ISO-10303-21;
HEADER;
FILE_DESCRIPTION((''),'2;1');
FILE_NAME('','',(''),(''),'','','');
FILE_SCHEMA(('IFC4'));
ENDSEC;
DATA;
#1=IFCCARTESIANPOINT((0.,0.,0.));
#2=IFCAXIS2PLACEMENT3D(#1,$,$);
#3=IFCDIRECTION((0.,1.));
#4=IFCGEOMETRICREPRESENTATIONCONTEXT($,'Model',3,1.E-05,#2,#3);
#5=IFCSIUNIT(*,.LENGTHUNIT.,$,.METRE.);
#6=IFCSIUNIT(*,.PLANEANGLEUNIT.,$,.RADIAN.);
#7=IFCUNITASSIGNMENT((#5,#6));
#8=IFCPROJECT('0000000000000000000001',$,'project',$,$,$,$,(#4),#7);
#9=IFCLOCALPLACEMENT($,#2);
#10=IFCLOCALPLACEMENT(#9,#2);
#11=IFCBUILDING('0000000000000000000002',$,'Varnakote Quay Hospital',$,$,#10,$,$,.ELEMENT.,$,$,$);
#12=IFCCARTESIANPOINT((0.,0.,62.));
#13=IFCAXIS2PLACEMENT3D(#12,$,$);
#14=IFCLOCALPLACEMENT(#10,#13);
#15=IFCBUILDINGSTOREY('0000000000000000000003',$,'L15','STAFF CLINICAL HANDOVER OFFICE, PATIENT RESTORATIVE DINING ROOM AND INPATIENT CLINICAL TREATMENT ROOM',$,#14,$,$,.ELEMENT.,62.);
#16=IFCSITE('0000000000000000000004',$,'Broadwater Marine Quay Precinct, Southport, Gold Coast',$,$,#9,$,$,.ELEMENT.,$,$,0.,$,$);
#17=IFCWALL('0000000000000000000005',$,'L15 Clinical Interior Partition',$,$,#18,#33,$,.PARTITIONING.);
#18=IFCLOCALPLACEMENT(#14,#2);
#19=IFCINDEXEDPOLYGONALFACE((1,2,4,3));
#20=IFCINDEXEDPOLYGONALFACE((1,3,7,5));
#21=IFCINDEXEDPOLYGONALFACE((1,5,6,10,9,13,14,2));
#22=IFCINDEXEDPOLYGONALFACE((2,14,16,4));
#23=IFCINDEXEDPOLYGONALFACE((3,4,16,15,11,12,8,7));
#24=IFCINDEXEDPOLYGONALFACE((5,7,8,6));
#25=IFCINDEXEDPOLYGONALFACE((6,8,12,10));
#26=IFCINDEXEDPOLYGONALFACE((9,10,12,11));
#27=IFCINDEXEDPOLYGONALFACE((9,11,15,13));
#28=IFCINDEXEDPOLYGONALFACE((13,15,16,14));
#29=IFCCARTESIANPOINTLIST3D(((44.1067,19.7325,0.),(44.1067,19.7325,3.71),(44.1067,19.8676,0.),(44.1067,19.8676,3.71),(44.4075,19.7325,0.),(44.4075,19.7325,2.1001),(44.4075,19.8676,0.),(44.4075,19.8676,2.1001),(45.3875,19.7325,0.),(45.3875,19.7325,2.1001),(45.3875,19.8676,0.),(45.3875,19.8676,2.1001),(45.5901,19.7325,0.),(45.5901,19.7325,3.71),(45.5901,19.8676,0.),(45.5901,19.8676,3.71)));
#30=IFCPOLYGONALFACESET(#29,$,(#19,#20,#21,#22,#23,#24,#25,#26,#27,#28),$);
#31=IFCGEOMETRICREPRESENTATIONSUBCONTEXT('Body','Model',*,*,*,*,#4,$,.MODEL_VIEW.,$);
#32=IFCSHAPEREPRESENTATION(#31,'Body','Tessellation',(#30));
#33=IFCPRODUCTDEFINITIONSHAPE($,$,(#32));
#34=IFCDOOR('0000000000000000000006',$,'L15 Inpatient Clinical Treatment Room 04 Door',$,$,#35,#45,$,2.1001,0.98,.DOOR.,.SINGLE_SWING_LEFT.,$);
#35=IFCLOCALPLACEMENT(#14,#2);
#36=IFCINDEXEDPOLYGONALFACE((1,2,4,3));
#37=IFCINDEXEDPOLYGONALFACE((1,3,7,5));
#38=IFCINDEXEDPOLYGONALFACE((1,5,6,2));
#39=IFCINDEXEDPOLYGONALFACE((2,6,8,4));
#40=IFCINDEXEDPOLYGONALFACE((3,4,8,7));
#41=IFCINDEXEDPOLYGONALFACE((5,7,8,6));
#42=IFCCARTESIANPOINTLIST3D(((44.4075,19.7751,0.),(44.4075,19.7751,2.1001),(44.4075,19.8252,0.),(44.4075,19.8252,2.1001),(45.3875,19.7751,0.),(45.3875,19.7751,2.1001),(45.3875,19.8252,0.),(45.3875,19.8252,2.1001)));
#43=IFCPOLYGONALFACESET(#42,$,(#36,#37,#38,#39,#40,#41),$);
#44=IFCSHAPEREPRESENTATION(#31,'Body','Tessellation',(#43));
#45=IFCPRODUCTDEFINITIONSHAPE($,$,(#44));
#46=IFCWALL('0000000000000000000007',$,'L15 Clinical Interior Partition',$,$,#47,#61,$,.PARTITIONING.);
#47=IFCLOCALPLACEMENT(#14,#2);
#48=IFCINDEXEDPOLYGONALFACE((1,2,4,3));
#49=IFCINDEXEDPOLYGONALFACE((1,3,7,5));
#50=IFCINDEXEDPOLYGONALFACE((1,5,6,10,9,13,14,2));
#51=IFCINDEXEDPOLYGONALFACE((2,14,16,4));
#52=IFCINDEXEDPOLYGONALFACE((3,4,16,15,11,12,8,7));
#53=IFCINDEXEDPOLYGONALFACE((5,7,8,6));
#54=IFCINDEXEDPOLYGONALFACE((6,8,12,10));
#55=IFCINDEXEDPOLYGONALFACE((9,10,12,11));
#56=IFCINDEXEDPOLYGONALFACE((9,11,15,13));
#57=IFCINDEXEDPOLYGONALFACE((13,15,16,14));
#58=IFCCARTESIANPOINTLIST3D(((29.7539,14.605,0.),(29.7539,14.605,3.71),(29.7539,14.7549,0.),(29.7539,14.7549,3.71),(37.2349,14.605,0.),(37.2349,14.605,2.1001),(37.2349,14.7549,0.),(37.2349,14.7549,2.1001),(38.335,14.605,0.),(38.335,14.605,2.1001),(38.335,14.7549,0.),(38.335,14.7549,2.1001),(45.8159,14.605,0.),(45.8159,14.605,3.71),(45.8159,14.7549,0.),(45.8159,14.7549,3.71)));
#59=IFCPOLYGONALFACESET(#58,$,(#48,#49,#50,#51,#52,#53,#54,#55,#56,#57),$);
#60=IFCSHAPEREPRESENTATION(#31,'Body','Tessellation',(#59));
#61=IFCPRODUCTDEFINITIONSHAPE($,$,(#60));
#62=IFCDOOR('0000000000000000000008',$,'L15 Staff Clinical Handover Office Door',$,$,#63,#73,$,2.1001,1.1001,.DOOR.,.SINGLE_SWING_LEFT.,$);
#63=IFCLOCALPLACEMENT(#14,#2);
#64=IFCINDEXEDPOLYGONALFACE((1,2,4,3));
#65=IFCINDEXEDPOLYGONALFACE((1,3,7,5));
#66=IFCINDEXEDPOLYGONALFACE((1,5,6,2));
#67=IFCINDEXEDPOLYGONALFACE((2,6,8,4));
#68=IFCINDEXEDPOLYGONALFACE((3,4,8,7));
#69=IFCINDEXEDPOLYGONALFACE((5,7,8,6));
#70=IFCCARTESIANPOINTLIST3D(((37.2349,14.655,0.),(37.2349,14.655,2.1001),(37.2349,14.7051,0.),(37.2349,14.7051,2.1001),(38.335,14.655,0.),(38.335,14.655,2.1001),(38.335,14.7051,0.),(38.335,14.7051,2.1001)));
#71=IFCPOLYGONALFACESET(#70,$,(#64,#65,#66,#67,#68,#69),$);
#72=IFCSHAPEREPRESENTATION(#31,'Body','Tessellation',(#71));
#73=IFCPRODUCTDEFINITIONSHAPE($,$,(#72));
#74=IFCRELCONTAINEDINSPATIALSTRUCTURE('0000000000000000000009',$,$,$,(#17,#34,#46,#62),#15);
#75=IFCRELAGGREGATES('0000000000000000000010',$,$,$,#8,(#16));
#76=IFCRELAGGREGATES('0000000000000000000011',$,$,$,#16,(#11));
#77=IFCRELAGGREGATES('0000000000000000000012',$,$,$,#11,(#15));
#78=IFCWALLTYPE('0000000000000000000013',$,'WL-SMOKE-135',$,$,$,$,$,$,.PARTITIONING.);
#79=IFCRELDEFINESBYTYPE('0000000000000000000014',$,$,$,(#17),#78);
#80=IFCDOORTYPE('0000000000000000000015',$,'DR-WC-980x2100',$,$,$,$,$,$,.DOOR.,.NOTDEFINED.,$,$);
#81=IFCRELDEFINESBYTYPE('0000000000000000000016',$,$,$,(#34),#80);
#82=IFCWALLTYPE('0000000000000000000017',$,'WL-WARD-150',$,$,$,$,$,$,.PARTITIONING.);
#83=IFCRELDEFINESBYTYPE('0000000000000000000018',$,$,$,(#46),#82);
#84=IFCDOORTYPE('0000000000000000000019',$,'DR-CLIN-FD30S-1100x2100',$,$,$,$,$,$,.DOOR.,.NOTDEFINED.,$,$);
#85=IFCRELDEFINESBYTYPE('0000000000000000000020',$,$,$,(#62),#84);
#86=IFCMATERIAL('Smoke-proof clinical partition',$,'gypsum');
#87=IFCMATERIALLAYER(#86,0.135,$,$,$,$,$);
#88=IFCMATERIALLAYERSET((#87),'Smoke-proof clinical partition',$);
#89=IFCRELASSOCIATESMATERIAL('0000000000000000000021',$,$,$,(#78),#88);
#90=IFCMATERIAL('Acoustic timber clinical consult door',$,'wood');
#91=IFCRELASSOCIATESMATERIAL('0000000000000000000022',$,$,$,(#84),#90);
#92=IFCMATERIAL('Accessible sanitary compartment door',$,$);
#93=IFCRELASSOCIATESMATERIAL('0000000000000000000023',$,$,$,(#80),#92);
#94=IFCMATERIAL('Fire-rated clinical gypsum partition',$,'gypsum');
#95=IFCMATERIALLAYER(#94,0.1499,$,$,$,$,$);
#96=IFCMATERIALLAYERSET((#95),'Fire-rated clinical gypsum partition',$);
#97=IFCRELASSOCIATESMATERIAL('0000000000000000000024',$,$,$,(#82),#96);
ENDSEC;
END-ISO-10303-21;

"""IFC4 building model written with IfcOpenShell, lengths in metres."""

from ifc_helpers import new_model, si_unit, direction, frame, frame_2d, origin, place, context, subcontext, project, spatial, rectangle, extrude, material, layer, layer_set, type_object, element, fill, save


model = new_model("IFC4")

# Units and contexts
model_context = context("Model", 3, precision=1e-05, world=origin(), true_north=direction((0.0, 1.0)))
body_context = subcontext(model_context, "Body", "Model", "MODEL_VIEW")
ifc_project = project(units=[si_unit("LENGTHUNIT", "METRE"), si_unit("PLANEANGLEUNIT", "RADIAN")], contexts=[model_context])

# Site, building, storey
site_placement = place(None, origin())
site = spatial("IfcSite", under=ifc_project, at=site_placement, Name="Broadwater Marine Quay Precinct, Southport, Gold Coast", CompositionType="ELEMENT", RefElevation=0.0)
building_placement = place(site_placement, origin())
building = spatial("IfcBuilding", under=site, at=building_placement, Name="Varnakote Quay Hospital", CompositionType="ELEMENT")
storey_placement = place(building_placement, frame((0.0, 0.0, 62.0)))
storey = spatial("IfcBuildingStorey", under=building, at=storey_placement, Name="L15", Description="STAFF CLINICAL HANDOVER OFFICE, PATIENT RESTORATIVE DINING ROOM AND INPATIENT CLINICAL TREATMENT ROOM", CompositionType="ELEMENT", Elevation=62.0)

# Shared definitions
ifc_material_1 = material(Name="Smoke-proof clinical partition", Category="gypsum")
ifc_layer_1 = layer(ifc_material_1, 0.135)
ifc_layer_set_1 = layer_set([ifc_layer_1], Name="Smoke-proof clinical partition")
wall_type_1 = type_object("IfcWallType", Name="WL-SMOKE-135", PredefinedType="PARTITIONING", material=ifc_layer_set_1)

# Shared definitions
ifc_material_2 = material(Name="Acoustic timber clinical consult door", Category="wood")
door_type_1 = type_object("IfcDoorType", Name="DR-CLIN-FD30S-1100x2100", OperationType="NOTDEFINED", PredefinedType="DOOR", material=ifc_material_2)

# Walls, openings, doors
wall_1_placement = place(storey_placement, frame((45.5901, 19.8, 0.0), z_axis=(0.0, 0.0, 1.0), x_axis=(-1.0, 0.0, 0.0)))
wall_1 = element("IfcWall", 1, at=wall_1_placement, inside=storey, type_object=wall_type_1, Name="L15 Clinical Interior Partition", PredefinedType="PARTITIONING", context=body_context, shape_type="SweptSolid", body=[
    extrude(rectangle(XDim=1.4834, YDim=0.135, at=frame_2d((0.7417, 0.0))), origin(), (0.0, 0.0, 1.0), 3.71),
])
opening_1_placement = place(wall_1_placement, frame((0.2026, 0.0, 0.0)))
opening_1 = element("IfcOpeningElement", 2, at=opening_1_placement, cuts=wall_1, PredefinedType="OPENING", context=body_context, shape_type="SweptSolid", body=[
    extrude(rectangle(XDim=0.98, YDim=2.1001, at=frame_2d((0.49, 1.05))), frame((0.0, 0.0774, 0.0), z_axis=(0.0, -1.0, 0.0), x_axis=(1.0, 0.0, 0.0)), (0.0, 0.0, 1.0), 0.155),
])
ifc_material_3 = material(Name="Accessible sanitary compartment door")
door_type_2 = type_object("IfcDoorType", Name="DR-WC-980x2100", OperationType="NOTDEFINED", PredefinedType="DOOR", material=ifc_material_3)
door_1_placement = place(opening_1_placement, origin())
door_1 = element("IfcDoor", 3, at=door_1_placement, inside=storey, type_object=door_type_2, Name="L15 Inpatient Clinical Treatment Room 04 Door", OperationType="SINGLE_SWING_LEFT", OverallHeight=2.1001, OverallWidth=0.98, PredefinedType="DOOR", context=body_context, shape_type="SweptSolid", body=[
    extrude(rectangle(XDim=0.98, YDim=2.1001, at=frame_2d((0.49, 1.05))), frame((0.0, 0.0249, 0.0), z_axis=(0.0, -1.0, 0.0), x_axis=(1.0, 0.0, 0.0)), (0.0, 0.0, 1.0), 0.05),
])
fill(opening_1, door_1)
ifc_material_4 = material(Name="Fire-rated clinical gypsum partition", Category="gypsum")
ifc_layer_2 = layer(ifc_material_4, 0.1499)
ifc_layer_set_2 = layer_set([ifc_layer_2], Name="Fire-rated clinical gypsum partition")
wall_type_2 = type_object("IfcWallType", Name="WL-WARD-150", PredefinedType="PARTITIONING", material=ifc_layer_set_2)
wall_2_placement = place(storey_placement, frame((45.8159, 14.6799, 0.0), z_axis=(0.0, 0.0, 1.0), x_axis=(-1.0, 0.0, 0.0)))
wall_2 = element("IfcWall", 4, at=wall_2_placement, inside=storey, type_object=wall_type_2, Name="L15 Clinical Interior Partition", PredefinedType="PARTITIONING", context=body_context, shape_type="SweptSolid", body=[
    extrude(rectangle(XDim=16.062, YDim=0.1499, at=frame_2d((8.031, 0.0))), origin(), (0.0, 0.0, 1.0), 3.71),
])
opening_2_placement = place(wall_2_placement, frame((7.481, 0.0, 0.0)))
opening_2 = element("IfcOpeningElement", 5, at=opening_2_placement, cuts=wall_2, PredefinedType="OPENING", context=body_context, shape_type="SweptSolid", body=[
    extrude(rectangle(XDim=1.1001, YDim=2.1001, at=frame_2d((0.55, 1.05))), frame((0.0, 0.085, 0.0), z_axis=(0.0, -1.0, 0.0), x_axis=(1.0, 0.0, 0.0)), (0.0, 0.0, 1.0), 0.1699),
])
door_2_placement = place(opening_2_placement, origin())
door_2 = element("IfcDoor", 6, at=door_2_placement, inside=storey, type_object=door_type_1, Name="L15 Staff Clinical Handover Office Door", OperationType="SINGLE_SWING_LEFT", OverallHeight=2.1001, OverallWidth=1.1001, PredefinedType="DOOR", context=body_context, shape_type="SweptSolid", body=[
    extrude(rectangle(XDim=1.1001, YDim=2.1001, at=frame_2d((0.55, 1.05))), frame((0.0, 0.0249, 0.0), z_axis=(0.0, -1.0, 0.0), x_axis=(1.0, 0.0, 0.0)), (0.0, 0.0, 1.0), 0.05),
])
fill(opening_2, door_2)

save(model, "model.ifc")
